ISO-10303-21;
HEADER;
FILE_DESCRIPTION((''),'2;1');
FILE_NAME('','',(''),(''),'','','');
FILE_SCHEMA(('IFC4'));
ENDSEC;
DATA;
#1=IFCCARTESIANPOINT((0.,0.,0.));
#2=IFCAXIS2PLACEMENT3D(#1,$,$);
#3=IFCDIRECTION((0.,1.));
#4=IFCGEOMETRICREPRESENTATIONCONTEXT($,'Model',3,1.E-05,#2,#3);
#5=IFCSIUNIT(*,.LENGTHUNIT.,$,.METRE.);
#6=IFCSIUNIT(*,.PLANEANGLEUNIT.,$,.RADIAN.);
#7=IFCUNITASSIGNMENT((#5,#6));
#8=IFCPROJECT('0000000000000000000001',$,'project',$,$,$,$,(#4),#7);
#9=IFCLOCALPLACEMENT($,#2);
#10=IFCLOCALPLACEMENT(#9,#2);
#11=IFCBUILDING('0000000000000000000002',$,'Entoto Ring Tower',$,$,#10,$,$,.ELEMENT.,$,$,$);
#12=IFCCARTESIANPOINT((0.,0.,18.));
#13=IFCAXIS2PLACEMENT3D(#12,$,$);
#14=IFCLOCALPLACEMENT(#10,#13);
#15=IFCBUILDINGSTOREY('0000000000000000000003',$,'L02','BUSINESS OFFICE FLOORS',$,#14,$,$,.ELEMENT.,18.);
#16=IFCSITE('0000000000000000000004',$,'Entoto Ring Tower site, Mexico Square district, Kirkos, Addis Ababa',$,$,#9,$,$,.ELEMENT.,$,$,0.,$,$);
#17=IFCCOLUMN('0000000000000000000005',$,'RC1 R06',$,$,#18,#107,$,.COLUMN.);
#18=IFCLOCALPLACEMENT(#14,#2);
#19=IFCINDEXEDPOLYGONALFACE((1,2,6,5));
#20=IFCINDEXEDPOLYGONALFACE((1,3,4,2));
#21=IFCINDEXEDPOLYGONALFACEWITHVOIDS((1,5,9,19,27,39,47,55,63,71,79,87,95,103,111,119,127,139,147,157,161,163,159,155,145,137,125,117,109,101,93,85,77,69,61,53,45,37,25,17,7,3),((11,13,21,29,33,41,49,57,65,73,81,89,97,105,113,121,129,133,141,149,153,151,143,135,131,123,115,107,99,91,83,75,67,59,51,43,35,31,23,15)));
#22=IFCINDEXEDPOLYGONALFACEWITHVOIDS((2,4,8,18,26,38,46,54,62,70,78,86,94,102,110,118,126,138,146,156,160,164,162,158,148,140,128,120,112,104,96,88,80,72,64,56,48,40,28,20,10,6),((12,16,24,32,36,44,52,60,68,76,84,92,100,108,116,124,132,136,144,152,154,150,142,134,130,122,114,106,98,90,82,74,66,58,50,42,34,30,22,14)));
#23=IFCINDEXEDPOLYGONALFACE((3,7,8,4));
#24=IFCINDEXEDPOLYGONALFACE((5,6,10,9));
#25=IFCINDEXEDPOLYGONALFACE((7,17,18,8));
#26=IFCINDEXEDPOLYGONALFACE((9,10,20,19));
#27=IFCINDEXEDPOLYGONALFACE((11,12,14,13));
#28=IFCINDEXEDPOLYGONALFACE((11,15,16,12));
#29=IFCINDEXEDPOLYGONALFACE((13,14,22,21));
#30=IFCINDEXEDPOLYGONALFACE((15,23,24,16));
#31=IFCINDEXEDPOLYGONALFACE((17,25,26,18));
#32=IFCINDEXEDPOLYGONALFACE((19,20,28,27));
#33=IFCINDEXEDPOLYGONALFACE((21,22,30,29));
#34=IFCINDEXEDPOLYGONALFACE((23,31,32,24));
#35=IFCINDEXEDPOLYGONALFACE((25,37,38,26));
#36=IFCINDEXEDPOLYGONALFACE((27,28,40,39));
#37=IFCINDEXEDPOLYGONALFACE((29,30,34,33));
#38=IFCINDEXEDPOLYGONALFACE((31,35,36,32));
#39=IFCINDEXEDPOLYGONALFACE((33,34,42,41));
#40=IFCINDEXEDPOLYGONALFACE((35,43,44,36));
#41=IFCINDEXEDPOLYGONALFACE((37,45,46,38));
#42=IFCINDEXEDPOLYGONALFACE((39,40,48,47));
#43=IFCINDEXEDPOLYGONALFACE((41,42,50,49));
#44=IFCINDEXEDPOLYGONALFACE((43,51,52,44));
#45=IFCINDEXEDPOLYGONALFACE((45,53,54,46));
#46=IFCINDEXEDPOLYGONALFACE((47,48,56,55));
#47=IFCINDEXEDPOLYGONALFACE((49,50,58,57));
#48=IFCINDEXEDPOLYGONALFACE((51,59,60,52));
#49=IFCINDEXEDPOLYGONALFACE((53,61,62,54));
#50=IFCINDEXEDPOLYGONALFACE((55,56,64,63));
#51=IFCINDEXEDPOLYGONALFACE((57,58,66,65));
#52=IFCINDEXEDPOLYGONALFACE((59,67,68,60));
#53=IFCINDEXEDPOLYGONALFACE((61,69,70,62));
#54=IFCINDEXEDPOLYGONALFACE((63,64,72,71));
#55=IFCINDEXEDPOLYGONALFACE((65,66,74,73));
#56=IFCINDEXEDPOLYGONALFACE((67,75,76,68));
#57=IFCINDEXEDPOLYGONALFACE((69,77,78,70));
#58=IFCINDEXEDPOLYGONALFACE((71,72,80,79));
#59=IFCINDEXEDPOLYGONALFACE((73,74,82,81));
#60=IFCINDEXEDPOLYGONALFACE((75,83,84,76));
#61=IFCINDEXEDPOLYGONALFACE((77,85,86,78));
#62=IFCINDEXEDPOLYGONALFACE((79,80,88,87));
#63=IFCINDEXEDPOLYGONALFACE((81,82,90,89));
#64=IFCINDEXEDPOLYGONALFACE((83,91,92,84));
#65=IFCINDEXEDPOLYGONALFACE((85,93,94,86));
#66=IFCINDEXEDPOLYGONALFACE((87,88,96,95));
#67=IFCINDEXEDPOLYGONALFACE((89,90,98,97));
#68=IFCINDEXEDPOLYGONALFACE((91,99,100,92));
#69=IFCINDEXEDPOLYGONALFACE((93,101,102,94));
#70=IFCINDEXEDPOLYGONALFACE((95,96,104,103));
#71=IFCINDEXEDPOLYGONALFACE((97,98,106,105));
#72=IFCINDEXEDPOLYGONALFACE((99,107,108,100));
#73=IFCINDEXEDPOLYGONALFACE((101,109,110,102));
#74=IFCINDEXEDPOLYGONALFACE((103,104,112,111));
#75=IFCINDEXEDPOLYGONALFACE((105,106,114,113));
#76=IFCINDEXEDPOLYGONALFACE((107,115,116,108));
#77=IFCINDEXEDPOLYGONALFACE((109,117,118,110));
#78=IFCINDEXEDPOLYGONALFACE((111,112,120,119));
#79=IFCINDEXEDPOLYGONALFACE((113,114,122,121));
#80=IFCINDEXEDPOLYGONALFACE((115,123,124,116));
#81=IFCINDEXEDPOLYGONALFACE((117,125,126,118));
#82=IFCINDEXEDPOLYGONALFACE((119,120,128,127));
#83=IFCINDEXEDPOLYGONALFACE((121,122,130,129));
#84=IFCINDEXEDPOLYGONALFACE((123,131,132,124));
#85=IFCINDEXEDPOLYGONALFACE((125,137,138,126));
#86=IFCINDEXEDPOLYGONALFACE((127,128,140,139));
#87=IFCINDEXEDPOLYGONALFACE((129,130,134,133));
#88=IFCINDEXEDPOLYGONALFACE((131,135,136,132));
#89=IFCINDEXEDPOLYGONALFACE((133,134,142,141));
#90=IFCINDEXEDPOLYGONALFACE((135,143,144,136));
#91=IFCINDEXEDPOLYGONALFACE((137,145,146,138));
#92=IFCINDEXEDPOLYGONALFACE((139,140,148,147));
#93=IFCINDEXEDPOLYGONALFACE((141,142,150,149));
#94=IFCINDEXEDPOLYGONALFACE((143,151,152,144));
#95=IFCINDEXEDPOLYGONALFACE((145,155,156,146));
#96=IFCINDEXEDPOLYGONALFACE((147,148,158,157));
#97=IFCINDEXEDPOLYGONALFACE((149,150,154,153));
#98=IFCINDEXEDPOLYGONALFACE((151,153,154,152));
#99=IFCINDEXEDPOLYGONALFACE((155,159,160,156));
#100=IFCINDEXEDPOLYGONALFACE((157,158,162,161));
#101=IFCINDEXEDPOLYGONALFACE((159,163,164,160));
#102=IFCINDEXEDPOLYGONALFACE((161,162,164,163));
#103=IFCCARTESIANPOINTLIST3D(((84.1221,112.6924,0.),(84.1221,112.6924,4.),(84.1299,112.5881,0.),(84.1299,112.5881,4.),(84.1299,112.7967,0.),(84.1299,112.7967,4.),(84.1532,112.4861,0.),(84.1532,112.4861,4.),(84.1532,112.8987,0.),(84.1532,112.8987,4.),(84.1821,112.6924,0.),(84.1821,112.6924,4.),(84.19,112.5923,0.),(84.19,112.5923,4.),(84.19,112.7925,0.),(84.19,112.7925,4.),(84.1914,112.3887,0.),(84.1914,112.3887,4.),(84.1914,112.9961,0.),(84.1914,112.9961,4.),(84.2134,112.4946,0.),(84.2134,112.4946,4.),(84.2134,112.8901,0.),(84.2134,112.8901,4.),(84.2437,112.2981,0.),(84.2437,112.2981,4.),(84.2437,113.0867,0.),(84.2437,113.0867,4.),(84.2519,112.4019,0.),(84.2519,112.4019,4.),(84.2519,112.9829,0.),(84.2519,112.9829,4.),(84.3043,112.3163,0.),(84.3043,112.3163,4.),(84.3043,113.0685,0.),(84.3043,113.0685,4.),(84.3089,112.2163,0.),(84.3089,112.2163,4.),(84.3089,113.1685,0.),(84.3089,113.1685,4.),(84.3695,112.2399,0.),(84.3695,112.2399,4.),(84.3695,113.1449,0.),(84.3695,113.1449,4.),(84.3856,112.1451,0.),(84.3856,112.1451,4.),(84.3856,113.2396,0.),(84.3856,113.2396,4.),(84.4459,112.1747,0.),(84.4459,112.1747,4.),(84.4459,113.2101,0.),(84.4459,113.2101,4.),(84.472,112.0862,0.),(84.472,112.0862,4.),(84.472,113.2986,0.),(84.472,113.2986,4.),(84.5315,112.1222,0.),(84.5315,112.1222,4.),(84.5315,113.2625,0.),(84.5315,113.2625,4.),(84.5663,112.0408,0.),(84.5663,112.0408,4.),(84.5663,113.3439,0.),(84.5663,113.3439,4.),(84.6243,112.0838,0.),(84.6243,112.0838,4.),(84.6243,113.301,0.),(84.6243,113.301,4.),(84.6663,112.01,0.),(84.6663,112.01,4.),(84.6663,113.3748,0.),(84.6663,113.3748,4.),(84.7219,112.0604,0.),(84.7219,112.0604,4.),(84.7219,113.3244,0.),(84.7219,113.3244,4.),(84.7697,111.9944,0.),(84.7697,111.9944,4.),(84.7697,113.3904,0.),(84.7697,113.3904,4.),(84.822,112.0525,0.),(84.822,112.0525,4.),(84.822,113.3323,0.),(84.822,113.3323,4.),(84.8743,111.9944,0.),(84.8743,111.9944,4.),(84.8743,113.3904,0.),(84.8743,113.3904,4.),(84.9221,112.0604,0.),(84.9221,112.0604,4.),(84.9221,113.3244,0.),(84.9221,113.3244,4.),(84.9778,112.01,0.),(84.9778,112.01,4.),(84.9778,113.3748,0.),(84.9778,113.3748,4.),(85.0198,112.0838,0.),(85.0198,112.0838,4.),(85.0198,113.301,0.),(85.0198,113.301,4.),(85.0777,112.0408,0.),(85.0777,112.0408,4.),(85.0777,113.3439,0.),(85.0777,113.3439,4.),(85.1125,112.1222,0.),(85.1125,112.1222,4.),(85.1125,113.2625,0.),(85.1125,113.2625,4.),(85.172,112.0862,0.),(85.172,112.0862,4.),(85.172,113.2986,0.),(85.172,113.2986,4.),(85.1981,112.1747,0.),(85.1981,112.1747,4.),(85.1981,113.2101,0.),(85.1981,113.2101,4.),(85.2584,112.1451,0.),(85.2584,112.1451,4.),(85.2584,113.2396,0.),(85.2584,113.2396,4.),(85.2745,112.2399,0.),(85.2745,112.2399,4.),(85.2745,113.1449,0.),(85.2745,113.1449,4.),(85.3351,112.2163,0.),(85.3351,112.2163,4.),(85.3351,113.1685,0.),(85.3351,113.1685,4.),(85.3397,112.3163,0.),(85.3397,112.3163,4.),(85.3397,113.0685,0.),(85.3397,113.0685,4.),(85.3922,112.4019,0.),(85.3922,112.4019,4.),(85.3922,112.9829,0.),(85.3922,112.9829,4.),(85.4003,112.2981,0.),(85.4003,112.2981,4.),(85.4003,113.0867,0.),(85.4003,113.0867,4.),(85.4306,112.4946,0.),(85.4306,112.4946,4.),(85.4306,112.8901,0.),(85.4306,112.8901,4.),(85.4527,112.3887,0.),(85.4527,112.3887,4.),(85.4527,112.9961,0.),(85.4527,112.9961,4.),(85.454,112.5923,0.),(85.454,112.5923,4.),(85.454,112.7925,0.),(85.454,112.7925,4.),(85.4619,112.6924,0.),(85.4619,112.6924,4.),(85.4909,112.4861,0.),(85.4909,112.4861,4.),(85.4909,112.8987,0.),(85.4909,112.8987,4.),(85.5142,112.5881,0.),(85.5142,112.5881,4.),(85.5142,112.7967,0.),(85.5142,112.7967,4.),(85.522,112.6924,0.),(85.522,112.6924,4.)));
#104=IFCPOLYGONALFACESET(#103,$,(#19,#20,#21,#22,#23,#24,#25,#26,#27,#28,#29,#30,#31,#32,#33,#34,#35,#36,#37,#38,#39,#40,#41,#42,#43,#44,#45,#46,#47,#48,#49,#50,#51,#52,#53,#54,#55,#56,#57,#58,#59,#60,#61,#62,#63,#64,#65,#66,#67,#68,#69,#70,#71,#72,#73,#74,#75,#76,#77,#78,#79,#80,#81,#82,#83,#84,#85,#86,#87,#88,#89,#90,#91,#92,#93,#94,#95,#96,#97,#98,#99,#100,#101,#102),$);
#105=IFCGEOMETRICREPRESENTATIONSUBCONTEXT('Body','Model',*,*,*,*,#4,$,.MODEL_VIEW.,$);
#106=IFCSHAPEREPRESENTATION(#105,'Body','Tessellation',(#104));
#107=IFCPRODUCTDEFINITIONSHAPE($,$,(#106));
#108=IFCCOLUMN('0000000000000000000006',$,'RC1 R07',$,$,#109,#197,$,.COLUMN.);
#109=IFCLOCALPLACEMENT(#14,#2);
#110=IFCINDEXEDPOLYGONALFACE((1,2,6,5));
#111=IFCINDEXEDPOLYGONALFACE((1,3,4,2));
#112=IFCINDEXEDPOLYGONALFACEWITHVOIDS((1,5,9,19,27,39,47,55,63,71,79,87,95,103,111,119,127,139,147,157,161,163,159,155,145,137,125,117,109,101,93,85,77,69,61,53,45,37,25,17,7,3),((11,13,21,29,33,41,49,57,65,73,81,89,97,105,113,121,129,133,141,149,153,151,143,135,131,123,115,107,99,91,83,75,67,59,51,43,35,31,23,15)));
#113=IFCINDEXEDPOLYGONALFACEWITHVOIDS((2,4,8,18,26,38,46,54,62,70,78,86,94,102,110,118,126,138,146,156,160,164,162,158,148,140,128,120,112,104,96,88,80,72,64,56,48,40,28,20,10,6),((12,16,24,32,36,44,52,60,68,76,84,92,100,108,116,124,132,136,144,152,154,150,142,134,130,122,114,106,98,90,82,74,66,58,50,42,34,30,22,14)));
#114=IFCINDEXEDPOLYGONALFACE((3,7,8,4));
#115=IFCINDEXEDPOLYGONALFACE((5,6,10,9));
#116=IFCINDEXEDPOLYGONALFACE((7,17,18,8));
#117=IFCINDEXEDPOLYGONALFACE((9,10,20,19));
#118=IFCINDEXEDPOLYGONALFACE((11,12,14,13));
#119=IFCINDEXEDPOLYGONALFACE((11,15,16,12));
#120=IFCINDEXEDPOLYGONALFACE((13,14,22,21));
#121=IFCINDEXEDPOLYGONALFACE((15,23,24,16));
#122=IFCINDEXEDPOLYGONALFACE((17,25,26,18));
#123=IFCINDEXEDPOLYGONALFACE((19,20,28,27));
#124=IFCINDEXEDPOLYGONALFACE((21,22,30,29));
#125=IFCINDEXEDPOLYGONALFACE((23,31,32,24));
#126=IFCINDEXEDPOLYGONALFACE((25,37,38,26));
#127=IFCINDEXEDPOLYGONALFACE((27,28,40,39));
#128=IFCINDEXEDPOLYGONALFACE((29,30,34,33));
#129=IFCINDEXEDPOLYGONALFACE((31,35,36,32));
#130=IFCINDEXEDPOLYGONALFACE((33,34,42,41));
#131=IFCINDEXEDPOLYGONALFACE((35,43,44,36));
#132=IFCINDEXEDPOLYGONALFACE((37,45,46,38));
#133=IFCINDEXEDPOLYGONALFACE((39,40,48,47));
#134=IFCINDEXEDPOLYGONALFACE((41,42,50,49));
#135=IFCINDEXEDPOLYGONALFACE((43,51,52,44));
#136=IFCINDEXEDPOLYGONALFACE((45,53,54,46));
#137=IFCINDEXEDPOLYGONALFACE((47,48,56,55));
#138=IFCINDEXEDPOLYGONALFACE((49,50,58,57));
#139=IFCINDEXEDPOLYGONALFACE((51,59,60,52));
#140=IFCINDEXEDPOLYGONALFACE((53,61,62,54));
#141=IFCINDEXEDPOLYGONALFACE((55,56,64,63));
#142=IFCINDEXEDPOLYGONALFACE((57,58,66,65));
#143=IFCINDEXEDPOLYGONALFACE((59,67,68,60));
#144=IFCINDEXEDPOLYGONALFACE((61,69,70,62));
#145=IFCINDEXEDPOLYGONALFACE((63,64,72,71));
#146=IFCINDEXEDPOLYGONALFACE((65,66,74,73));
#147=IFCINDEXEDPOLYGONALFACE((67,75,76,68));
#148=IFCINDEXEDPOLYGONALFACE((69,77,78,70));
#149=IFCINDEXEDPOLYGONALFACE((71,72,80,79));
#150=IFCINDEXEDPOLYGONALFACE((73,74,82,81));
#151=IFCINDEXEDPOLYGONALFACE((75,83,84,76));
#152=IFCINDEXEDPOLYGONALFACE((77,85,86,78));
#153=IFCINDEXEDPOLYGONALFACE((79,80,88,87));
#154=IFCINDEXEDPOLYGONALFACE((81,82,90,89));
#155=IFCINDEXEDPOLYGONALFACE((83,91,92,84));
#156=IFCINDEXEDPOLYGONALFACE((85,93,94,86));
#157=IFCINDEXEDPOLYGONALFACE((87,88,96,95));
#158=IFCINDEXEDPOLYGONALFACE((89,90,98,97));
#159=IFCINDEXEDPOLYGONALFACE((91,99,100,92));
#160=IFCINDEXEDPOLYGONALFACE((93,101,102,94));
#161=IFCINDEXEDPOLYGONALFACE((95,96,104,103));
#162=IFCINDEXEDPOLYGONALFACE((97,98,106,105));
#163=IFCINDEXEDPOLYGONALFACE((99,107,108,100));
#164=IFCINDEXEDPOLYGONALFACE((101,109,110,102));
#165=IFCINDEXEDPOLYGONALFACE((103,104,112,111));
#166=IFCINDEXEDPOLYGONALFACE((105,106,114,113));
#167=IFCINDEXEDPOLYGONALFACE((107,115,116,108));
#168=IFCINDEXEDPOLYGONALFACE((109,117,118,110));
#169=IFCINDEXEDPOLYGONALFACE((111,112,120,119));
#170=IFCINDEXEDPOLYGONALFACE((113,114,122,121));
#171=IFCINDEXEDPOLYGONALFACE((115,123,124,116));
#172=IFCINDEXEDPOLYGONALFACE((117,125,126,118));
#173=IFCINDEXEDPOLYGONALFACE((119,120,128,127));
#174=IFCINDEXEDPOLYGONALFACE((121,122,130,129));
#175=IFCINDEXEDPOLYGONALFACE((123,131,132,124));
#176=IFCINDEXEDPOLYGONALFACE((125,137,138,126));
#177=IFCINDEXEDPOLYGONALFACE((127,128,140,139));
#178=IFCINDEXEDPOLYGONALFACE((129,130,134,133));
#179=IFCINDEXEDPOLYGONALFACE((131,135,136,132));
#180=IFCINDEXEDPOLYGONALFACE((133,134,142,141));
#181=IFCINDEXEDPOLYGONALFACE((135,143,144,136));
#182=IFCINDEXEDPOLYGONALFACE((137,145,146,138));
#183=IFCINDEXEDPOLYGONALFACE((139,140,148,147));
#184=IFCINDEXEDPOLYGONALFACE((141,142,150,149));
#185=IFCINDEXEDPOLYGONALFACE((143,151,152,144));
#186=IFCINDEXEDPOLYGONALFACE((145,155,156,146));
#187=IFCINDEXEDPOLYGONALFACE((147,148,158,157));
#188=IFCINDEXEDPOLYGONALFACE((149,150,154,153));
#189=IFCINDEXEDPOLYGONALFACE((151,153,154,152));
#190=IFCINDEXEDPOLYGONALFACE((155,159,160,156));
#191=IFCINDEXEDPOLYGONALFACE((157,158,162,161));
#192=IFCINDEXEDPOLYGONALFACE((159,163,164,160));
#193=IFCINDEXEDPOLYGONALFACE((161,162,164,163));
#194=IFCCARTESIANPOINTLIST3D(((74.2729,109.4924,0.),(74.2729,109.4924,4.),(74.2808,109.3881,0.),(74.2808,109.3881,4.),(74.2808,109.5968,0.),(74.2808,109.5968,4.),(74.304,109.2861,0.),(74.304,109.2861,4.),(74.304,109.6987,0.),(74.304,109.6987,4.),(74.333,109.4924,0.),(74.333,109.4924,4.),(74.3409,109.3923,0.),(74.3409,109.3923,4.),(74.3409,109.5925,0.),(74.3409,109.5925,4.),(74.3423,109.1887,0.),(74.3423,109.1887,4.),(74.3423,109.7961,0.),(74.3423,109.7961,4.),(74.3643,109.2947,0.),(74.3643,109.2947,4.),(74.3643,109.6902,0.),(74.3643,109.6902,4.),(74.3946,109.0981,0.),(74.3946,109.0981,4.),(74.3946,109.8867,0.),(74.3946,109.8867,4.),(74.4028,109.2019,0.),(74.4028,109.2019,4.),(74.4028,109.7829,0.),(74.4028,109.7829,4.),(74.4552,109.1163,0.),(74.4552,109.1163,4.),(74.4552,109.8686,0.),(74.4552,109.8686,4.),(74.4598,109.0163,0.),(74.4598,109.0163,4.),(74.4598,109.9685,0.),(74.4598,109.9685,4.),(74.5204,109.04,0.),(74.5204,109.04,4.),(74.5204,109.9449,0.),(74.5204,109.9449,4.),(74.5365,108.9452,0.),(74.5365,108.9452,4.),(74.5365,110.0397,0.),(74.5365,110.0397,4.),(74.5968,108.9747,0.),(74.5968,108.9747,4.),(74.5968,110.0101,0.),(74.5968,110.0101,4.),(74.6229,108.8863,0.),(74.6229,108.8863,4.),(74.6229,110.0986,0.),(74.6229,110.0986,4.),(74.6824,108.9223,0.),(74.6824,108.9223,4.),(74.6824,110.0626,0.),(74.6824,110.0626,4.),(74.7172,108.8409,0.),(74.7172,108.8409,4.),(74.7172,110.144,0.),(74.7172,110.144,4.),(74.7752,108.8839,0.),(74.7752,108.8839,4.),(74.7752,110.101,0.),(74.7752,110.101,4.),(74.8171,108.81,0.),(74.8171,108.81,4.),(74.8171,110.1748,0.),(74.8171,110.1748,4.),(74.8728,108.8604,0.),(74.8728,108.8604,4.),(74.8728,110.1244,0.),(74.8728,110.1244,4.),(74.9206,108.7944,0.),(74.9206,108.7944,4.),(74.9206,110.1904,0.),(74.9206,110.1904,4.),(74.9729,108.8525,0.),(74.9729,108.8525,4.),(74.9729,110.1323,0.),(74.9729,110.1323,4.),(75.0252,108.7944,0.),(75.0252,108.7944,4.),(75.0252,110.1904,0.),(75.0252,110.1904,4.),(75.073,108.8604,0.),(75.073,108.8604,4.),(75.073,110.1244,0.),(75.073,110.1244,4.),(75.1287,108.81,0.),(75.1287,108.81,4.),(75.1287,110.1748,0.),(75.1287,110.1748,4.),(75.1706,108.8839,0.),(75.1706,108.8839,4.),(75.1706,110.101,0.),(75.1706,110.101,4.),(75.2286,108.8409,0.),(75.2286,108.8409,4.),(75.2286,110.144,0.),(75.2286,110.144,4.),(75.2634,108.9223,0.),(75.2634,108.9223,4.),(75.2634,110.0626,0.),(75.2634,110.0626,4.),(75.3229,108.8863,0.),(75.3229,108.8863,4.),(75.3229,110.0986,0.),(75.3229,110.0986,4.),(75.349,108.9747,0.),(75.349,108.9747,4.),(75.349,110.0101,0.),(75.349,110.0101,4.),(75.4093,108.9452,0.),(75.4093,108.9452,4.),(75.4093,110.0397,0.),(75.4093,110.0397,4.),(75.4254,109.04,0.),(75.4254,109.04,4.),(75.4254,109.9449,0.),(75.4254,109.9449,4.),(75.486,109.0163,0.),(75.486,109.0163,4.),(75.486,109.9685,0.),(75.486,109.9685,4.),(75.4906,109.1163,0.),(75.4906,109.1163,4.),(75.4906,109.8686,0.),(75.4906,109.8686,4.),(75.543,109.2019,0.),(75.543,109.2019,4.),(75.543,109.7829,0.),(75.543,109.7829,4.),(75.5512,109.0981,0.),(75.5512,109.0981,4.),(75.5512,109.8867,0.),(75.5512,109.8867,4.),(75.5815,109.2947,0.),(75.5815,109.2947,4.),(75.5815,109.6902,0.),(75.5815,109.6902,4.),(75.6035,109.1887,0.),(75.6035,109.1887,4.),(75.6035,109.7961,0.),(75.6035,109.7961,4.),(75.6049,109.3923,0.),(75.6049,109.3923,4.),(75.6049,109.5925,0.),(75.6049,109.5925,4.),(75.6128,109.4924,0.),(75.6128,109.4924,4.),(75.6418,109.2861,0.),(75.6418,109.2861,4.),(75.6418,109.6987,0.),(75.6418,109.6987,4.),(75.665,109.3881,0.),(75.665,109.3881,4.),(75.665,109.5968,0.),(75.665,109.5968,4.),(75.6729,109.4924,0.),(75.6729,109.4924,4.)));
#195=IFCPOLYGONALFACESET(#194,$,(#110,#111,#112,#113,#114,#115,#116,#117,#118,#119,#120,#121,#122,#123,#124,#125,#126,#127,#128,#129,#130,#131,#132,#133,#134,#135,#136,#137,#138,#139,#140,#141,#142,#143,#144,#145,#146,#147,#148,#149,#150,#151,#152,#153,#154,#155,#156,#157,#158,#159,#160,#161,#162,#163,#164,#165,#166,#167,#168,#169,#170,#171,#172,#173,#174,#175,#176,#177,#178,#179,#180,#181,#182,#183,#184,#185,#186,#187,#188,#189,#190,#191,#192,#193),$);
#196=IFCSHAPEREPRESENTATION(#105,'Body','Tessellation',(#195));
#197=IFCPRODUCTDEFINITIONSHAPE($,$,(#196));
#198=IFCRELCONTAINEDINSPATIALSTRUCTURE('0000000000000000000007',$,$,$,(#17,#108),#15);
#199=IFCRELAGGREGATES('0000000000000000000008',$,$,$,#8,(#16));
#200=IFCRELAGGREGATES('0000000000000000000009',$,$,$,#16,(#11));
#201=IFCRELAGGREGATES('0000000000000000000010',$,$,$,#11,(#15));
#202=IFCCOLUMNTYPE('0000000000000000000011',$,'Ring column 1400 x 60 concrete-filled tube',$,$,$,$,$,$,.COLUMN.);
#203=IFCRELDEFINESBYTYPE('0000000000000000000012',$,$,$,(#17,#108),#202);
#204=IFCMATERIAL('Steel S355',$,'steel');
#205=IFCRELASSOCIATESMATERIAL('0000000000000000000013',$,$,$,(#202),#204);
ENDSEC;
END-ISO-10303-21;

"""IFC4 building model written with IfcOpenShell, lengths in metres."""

from ifc_helpers import new_model, si_unit, direction, frame, origin, origin_2d, place, context, subcontext, project, spatial, circle, hollow_circle, extrude, material, material_profile, profile_set, type_object, element, save


model = new_model("IFC4")

# Units and contexts
model_context = context("Model", 3, precision=1e-05, world=origin(), true_north=direction((0.0, 1.0)))
body_context = subcontext(model_context, "Body", "Model", "MODEL_VIEW")
ifc_project = project(units=[si_unit("LENGTHUNIT", "METRE"), si_unit("PLANEANGLEUNIT", "RADIAN")], contexts=[model_context])

# Site, building, storey
site_placement = place(None, origin())
site = spatial("IfcSite", under=ifc_project, at=site_placement, Name="Entoto Ring Tower site, Mexico Square district, Kirkos, Addis Ababa", CompositionType="ELEMENT", RefElevation=0.0)
building_placement = place(site_placement, origin())
building = spatial("IfcBuilding", under=site, at=building_placement, Name="Entoto Ring Tower", CompositionType="ELEMENT")
storey_placement = place(building_placement, frame((0.0, 0.0, 18.0)))
storey = spatial("IfcBuildingStorey", under=building, at=storey_placement, Name="L02", Description="BUSINESS OFFICE FLOORS", CompositionType="ELEMENT", Elevation=18.0)

# Columns
ifc_material_1 = material(Name="Steel S355", Category="steel")
ifc_material_profile_1 = material_profile(ifc_material_1, hollow_circle(Radius=0.7, WallThickness=0.0601, at=origin_2d()), Name="CHS 1400 x 60")
ifc_material_2 = material(Name="Concrete C60/75", Category="concrete")
ifc_material_profile_2 = material_profile(ifc_material_2, circle(Radius=0.6399, at=origin_2d()), Name="Concrete C60/75 infill")
ifc_profile_set_1 = profile_set([ifc_material_profile_1, ifc_material_profile_2], Name="Steel S355")
column_type = type_object("IfcColumnType", Name="Ring column 1400 x 60 concrete-filled tube", PredefinedType="COLUMN", material=ifc_profile_set_1)
for number, where, z_axis, x_axis, name in (
    (1, (84.822, 112.6924, 0.0), (0.0, 0.0, 1.0), (1.0, 0.0, 0.0), "RC1 R06"),
    (2, (74.9729, 109.4924, 0.0), (0.0, 0.0, 1.0), (1.0, 0.0, 0.0), "RC1 R07"),
):
    element("IfcColumn", number, at=place(storey_placement, frame(where, z_axis=z_axis, x_axis=x_axis)), inside=storey, type_object=column_type, Name=name, PredefinedType="COLUMN", context=body_context, shape_type="SweptSolid", body=[
        extrude(hollow_circle(Radius=0.7, WallThickness=0.0601, at=origin_2d()), origin(), (0.0, 0.0, 1.0), 4.0),
    ])

save(model, "model.ifc")
